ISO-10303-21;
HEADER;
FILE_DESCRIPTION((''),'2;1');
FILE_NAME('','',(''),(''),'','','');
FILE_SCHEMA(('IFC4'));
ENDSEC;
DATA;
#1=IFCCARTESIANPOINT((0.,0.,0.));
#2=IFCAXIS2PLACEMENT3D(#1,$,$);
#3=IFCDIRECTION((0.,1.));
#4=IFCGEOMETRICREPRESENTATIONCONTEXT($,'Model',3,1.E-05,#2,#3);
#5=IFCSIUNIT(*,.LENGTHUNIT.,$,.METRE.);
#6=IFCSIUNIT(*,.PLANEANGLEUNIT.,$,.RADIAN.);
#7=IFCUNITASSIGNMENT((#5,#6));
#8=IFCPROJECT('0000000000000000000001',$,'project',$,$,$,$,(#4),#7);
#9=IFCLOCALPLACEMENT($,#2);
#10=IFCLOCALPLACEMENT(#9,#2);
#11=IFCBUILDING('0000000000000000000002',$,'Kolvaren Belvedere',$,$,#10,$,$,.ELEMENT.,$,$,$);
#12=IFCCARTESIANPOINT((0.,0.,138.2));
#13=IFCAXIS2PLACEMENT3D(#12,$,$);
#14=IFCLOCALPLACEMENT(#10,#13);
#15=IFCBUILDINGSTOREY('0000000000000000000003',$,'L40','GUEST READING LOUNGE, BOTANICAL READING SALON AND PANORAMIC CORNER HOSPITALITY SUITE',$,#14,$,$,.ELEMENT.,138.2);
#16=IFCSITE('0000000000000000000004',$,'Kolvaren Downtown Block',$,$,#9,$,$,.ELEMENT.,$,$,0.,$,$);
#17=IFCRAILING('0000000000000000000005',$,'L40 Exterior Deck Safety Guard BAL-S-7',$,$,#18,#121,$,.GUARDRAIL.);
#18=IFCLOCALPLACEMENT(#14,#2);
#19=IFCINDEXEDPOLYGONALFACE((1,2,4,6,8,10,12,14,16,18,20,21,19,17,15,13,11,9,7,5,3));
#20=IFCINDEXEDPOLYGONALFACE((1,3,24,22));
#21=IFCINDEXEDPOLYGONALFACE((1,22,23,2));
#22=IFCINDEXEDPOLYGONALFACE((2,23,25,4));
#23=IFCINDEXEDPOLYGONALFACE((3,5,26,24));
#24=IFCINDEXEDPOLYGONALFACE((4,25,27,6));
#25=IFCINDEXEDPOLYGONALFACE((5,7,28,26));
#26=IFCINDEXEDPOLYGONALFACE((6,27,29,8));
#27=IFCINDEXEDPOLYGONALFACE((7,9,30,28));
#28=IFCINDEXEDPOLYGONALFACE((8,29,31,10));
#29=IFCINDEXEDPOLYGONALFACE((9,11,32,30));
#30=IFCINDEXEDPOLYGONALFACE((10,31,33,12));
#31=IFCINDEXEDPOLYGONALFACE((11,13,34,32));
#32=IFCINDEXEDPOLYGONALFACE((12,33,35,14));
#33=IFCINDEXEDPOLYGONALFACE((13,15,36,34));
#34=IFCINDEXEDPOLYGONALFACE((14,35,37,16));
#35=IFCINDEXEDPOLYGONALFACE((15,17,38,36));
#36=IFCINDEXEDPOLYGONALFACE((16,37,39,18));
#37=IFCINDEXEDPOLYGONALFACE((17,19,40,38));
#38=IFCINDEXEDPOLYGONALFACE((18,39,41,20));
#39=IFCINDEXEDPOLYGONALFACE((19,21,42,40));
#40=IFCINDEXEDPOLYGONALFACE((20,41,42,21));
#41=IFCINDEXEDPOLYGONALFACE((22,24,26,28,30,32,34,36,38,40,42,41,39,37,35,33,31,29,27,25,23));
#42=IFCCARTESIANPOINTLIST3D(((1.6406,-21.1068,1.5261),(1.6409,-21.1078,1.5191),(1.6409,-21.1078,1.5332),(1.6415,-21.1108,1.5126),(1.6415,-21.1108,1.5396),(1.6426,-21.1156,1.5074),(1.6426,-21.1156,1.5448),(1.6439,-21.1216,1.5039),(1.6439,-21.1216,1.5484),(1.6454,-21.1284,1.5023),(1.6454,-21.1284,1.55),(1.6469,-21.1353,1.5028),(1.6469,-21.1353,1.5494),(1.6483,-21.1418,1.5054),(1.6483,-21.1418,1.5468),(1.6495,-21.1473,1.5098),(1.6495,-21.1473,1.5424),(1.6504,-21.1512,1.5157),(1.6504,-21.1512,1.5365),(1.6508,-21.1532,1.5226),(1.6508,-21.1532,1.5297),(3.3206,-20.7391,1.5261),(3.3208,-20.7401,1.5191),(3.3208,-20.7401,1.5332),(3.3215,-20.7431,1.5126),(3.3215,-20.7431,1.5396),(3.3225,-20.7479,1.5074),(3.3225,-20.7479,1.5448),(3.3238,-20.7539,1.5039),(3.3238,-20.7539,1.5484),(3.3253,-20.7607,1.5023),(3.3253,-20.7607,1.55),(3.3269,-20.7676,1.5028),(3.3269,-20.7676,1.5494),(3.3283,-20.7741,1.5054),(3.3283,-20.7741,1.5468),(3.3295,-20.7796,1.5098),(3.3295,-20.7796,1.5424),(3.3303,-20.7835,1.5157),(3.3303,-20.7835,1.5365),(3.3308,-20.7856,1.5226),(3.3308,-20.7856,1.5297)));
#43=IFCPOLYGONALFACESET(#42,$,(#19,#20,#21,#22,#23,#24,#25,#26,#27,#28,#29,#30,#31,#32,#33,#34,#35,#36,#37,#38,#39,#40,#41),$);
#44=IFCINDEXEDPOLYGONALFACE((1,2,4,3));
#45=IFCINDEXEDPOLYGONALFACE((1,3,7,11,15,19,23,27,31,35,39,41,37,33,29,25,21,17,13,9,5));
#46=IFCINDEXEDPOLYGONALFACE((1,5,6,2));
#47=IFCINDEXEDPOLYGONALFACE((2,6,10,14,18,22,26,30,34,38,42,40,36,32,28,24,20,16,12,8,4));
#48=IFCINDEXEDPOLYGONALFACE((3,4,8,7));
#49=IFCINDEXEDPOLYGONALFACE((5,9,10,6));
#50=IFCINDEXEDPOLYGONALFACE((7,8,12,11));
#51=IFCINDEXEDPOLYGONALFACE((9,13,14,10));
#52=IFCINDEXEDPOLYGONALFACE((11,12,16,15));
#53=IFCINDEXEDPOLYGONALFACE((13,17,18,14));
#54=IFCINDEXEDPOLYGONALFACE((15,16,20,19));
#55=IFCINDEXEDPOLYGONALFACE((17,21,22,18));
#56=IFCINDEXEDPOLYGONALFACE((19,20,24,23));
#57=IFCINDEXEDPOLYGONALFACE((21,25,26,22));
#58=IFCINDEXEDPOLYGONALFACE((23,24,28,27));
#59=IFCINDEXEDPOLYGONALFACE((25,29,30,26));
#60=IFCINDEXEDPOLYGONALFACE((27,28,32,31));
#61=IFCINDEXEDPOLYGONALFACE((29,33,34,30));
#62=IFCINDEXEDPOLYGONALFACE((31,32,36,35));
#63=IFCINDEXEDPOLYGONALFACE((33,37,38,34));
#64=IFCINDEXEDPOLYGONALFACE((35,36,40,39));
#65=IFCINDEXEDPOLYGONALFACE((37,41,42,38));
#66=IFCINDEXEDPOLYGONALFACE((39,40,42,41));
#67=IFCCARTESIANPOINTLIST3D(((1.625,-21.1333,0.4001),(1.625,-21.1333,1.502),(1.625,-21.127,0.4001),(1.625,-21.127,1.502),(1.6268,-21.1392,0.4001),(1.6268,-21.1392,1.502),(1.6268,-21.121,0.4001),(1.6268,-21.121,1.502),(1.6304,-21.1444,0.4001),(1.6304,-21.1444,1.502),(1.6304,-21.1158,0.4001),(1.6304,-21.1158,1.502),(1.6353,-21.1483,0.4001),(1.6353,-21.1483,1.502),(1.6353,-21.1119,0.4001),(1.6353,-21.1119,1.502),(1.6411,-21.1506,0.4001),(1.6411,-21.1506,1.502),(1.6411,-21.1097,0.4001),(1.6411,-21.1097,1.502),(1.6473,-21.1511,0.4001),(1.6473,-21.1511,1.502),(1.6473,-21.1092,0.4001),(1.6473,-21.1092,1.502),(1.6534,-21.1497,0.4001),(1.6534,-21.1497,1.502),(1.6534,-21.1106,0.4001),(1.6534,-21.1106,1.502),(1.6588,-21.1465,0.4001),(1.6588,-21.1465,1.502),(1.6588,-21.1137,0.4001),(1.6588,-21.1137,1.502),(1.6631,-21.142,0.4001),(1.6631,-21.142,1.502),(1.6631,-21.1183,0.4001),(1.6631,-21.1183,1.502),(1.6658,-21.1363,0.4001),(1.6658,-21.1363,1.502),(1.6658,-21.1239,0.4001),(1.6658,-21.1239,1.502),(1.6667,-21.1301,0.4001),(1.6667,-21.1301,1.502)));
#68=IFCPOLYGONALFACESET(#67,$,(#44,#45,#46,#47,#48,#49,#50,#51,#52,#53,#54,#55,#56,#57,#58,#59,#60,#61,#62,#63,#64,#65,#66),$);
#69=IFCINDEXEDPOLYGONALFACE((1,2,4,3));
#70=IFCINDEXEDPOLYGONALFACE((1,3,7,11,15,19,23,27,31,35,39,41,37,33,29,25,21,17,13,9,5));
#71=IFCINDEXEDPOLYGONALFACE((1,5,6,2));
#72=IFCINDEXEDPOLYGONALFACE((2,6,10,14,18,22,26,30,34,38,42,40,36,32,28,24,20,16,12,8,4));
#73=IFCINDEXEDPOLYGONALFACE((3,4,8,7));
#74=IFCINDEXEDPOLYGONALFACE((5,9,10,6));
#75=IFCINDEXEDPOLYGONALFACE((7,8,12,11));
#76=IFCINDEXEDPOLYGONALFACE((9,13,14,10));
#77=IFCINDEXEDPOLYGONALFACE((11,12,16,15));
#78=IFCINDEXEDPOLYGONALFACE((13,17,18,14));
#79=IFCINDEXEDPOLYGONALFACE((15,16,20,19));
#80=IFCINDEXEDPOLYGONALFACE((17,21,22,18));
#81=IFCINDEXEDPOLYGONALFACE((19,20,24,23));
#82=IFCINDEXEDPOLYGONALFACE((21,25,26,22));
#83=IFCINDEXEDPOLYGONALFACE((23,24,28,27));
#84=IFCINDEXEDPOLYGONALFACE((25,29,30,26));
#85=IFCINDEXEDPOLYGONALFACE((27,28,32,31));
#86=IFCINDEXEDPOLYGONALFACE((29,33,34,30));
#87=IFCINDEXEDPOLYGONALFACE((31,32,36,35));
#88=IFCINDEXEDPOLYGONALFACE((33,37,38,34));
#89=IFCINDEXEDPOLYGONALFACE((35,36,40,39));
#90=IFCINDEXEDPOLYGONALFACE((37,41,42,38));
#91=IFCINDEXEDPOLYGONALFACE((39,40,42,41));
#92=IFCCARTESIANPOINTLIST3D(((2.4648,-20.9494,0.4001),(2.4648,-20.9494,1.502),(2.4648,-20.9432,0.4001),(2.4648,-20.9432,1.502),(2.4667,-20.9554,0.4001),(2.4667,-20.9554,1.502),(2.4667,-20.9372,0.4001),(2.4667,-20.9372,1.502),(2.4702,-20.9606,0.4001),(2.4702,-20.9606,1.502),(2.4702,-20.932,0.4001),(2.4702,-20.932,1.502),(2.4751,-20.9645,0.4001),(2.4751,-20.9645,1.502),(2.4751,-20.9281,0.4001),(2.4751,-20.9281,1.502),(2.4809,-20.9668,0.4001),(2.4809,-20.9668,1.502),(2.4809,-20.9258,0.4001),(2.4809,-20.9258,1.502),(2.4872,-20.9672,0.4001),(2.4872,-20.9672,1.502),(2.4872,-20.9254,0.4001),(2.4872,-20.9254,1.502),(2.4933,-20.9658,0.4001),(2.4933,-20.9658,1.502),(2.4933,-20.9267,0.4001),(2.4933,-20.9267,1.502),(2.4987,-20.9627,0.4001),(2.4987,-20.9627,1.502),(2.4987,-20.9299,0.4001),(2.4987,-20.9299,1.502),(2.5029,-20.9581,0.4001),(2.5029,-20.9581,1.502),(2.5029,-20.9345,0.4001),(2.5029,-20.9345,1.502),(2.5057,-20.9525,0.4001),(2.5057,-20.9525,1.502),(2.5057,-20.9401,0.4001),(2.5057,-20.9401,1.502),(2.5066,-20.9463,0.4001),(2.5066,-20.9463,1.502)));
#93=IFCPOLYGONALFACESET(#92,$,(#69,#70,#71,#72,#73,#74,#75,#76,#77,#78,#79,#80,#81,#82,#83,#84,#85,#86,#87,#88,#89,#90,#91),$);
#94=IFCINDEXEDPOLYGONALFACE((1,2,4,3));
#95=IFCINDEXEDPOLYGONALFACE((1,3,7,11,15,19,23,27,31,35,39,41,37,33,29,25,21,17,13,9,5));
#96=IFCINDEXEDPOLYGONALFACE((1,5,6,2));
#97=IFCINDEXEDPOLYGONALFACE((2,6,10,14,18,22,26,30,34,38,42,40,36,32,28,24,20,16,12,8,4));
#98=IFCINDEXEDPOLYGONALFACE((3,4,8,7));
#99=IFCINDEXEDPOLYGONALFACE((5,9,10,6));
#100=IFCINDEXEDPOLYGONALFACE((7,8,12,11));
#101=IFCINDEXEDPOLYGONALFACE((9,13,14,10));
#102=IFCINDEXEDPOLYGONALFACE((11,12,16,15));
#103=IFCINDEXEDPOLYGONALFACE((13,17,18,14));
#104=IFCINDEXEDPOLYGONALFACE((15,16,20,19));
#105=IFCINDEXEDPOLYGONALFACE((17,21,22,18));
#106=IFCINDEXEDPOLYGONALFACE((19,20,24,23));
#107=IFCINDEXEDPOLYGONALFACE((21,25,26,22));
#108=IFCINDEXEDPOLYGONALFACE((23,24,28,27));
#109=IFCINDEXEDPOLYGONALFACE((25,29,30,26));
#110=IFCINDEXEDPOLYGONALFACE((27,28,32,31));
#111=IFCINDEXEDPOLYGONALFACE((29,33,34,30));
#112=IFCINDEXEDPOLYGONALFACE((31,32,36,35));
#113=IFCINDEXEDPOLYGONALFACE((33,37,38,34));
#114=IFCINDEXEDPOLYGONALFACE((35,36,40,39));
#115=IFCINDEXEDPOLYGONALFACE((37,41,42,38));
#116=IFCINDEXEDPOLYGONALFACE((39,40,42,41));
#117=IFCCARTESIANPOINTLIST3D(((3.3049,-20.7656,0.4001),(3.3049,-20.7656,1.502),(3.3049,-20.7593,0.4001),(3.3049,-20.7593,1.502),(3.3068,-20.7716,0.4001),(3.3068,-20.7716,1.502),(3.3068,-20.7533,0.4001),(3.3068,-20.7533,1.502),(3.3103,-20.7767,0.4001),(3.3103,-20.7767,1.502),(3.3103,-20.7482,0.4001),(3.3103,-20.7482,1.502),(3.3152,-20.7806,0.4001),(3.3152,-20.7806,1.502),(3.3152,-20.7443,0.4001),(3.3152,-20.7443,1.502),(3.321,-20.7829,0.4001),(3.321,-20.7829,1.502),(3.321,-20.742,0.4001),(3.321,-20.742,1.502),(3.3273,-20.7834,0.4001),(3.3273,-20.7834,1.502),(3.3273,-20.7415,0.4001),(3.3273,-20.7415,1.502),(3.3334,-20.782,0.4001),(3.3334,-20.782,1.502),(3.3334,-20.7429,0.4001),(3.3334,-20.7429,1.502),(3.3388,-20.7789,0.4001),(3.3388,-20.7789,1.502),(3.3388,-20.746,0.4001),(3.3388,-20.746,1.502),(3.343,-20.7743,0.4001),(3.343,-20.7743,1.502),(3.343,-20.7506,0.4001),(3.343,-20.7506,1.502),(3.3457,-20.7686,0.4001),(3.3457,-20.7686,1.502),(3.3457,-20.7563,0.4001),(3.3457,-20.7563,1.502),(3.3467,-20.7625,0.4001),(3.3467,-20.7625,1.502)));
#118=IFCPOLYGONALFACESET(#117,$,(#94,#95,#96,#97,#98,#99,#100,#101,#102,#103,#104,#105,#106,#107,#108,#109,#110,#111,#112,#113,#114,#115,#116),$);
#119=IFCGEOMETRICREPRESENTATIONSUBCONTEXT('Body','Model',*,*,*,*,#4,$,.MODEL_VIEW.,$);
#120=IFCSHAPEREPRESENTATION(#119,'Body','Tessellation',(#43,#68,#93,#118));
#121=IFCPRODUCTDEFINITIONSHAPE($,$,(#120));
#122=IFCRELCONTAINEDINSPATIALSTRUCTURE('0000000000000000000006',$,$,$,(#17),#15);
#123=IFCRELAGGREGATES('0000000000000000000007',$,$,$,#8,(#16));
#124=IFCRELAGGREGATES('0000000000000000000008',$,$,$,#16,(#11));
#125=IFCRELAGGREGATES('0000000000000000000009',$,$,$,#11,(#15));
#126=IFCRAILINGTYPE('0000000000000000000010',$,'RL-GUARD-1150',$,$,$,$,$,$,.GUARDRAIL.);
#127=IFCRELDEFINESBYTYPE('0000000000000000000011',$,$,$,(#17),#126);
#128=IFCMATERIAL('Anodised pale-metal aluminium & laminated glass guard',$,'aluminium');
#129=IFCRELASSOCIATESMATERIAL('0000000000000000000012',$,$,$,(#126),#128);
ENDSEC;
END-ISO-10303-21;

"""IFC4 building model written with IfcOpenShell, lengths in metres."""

from ifc_helpers import new_model, si_unit, direction, frame, origin, origin_2d, place, context, subcontext, project, spatial, circle, extrude, material, type_object, element, save


model = new_model("IFC4")

# Units and contexts
model_context = context("Model", 3, precision=1e-05, world=origin(), true_north=direction((0.0, 1.0)))
body_context = subcontext(model_context, "Body", "Model", "MODEL_VIEW")
ifc_project = project(units=[si_unit("LENGTHUNIT", "METRE"), si_unit("PLANEANGLEUNIT", "RADIAN")], contexts=[model_context])

# Site, building, storey
site_placement = place(None, origin())
site = spatial("IfcSite", under=ifc_project, at=site_placement, Name="Kolvaren Downtown Block", CompositionType="ELEMENT", RefElevation=0.0)
building_placement = place(site_placement, origin())
building = spatial("IfcBuilding", under=site, at=building_placement, Name="Kolvaren Belvedere", CompositionType="ELEMENT")
storey_placement = place(building_placement, frame((0.0, 0.0, 138.2)))
storey = spatial("IfcBuildingStorey", under=building, at=storey_placement, Name="L40", Description="GUEST READING LOUNGE, BOTANICAL READING SALON AND PANORAMIC CORNER HOSPITALITY SUITE", CompositionType="ELEMENT", Elevation=138.2)

# Railing
ifc_material_1 = material(Name="Anodised pale-metal aluminium & laminated glass guard", Category="aluminium")
railing_type = type_object("IfcRailingType", Name="RL-GUARD-1150", PredefinedType="GUARDRAIL", material=ifc_material_1)
railing_1_placement = place(storey_placement, frame((1.6458, -21.1301, 0.4001)))
element("IfcRailing", 1, at=railing_1_placement, inside=storey, type_object=railing_type, Name="L40 Exterior Deck Safety Guard BAL-S-7", PredefinedType="GUARDRAIL", context=body_context, shape_type="SweptSolid", body=[
    extrude(circle(Radius=0.0239, at=origin_2d()), frame((0.0, 0.0, 1.126), z_axis=(0.976877, 0.213803, 0.0), x_axis=(-0.213803, 0.976877, 0.0)), (0.0, 0.0, 1.0), 1.7197),
    extrude(circle(Radius=0.021, at=origin_2d()), origin(), (0.0, 0.0, 1.0), 1.1018),
    extrude(circle(Radius=0.021, at=origin_2d()), frame((0.8398, 0.1838, 0.0)), (0.0, 0.0, 1.0), 1.1018),
    extrude(circle(Radius=0.021, at=origin_2d()), frame((1.6799, 0.3677, 0.0)), (0.0, 0.0, 1.0), 1.1018),
])

save(model, "model.ifc")
